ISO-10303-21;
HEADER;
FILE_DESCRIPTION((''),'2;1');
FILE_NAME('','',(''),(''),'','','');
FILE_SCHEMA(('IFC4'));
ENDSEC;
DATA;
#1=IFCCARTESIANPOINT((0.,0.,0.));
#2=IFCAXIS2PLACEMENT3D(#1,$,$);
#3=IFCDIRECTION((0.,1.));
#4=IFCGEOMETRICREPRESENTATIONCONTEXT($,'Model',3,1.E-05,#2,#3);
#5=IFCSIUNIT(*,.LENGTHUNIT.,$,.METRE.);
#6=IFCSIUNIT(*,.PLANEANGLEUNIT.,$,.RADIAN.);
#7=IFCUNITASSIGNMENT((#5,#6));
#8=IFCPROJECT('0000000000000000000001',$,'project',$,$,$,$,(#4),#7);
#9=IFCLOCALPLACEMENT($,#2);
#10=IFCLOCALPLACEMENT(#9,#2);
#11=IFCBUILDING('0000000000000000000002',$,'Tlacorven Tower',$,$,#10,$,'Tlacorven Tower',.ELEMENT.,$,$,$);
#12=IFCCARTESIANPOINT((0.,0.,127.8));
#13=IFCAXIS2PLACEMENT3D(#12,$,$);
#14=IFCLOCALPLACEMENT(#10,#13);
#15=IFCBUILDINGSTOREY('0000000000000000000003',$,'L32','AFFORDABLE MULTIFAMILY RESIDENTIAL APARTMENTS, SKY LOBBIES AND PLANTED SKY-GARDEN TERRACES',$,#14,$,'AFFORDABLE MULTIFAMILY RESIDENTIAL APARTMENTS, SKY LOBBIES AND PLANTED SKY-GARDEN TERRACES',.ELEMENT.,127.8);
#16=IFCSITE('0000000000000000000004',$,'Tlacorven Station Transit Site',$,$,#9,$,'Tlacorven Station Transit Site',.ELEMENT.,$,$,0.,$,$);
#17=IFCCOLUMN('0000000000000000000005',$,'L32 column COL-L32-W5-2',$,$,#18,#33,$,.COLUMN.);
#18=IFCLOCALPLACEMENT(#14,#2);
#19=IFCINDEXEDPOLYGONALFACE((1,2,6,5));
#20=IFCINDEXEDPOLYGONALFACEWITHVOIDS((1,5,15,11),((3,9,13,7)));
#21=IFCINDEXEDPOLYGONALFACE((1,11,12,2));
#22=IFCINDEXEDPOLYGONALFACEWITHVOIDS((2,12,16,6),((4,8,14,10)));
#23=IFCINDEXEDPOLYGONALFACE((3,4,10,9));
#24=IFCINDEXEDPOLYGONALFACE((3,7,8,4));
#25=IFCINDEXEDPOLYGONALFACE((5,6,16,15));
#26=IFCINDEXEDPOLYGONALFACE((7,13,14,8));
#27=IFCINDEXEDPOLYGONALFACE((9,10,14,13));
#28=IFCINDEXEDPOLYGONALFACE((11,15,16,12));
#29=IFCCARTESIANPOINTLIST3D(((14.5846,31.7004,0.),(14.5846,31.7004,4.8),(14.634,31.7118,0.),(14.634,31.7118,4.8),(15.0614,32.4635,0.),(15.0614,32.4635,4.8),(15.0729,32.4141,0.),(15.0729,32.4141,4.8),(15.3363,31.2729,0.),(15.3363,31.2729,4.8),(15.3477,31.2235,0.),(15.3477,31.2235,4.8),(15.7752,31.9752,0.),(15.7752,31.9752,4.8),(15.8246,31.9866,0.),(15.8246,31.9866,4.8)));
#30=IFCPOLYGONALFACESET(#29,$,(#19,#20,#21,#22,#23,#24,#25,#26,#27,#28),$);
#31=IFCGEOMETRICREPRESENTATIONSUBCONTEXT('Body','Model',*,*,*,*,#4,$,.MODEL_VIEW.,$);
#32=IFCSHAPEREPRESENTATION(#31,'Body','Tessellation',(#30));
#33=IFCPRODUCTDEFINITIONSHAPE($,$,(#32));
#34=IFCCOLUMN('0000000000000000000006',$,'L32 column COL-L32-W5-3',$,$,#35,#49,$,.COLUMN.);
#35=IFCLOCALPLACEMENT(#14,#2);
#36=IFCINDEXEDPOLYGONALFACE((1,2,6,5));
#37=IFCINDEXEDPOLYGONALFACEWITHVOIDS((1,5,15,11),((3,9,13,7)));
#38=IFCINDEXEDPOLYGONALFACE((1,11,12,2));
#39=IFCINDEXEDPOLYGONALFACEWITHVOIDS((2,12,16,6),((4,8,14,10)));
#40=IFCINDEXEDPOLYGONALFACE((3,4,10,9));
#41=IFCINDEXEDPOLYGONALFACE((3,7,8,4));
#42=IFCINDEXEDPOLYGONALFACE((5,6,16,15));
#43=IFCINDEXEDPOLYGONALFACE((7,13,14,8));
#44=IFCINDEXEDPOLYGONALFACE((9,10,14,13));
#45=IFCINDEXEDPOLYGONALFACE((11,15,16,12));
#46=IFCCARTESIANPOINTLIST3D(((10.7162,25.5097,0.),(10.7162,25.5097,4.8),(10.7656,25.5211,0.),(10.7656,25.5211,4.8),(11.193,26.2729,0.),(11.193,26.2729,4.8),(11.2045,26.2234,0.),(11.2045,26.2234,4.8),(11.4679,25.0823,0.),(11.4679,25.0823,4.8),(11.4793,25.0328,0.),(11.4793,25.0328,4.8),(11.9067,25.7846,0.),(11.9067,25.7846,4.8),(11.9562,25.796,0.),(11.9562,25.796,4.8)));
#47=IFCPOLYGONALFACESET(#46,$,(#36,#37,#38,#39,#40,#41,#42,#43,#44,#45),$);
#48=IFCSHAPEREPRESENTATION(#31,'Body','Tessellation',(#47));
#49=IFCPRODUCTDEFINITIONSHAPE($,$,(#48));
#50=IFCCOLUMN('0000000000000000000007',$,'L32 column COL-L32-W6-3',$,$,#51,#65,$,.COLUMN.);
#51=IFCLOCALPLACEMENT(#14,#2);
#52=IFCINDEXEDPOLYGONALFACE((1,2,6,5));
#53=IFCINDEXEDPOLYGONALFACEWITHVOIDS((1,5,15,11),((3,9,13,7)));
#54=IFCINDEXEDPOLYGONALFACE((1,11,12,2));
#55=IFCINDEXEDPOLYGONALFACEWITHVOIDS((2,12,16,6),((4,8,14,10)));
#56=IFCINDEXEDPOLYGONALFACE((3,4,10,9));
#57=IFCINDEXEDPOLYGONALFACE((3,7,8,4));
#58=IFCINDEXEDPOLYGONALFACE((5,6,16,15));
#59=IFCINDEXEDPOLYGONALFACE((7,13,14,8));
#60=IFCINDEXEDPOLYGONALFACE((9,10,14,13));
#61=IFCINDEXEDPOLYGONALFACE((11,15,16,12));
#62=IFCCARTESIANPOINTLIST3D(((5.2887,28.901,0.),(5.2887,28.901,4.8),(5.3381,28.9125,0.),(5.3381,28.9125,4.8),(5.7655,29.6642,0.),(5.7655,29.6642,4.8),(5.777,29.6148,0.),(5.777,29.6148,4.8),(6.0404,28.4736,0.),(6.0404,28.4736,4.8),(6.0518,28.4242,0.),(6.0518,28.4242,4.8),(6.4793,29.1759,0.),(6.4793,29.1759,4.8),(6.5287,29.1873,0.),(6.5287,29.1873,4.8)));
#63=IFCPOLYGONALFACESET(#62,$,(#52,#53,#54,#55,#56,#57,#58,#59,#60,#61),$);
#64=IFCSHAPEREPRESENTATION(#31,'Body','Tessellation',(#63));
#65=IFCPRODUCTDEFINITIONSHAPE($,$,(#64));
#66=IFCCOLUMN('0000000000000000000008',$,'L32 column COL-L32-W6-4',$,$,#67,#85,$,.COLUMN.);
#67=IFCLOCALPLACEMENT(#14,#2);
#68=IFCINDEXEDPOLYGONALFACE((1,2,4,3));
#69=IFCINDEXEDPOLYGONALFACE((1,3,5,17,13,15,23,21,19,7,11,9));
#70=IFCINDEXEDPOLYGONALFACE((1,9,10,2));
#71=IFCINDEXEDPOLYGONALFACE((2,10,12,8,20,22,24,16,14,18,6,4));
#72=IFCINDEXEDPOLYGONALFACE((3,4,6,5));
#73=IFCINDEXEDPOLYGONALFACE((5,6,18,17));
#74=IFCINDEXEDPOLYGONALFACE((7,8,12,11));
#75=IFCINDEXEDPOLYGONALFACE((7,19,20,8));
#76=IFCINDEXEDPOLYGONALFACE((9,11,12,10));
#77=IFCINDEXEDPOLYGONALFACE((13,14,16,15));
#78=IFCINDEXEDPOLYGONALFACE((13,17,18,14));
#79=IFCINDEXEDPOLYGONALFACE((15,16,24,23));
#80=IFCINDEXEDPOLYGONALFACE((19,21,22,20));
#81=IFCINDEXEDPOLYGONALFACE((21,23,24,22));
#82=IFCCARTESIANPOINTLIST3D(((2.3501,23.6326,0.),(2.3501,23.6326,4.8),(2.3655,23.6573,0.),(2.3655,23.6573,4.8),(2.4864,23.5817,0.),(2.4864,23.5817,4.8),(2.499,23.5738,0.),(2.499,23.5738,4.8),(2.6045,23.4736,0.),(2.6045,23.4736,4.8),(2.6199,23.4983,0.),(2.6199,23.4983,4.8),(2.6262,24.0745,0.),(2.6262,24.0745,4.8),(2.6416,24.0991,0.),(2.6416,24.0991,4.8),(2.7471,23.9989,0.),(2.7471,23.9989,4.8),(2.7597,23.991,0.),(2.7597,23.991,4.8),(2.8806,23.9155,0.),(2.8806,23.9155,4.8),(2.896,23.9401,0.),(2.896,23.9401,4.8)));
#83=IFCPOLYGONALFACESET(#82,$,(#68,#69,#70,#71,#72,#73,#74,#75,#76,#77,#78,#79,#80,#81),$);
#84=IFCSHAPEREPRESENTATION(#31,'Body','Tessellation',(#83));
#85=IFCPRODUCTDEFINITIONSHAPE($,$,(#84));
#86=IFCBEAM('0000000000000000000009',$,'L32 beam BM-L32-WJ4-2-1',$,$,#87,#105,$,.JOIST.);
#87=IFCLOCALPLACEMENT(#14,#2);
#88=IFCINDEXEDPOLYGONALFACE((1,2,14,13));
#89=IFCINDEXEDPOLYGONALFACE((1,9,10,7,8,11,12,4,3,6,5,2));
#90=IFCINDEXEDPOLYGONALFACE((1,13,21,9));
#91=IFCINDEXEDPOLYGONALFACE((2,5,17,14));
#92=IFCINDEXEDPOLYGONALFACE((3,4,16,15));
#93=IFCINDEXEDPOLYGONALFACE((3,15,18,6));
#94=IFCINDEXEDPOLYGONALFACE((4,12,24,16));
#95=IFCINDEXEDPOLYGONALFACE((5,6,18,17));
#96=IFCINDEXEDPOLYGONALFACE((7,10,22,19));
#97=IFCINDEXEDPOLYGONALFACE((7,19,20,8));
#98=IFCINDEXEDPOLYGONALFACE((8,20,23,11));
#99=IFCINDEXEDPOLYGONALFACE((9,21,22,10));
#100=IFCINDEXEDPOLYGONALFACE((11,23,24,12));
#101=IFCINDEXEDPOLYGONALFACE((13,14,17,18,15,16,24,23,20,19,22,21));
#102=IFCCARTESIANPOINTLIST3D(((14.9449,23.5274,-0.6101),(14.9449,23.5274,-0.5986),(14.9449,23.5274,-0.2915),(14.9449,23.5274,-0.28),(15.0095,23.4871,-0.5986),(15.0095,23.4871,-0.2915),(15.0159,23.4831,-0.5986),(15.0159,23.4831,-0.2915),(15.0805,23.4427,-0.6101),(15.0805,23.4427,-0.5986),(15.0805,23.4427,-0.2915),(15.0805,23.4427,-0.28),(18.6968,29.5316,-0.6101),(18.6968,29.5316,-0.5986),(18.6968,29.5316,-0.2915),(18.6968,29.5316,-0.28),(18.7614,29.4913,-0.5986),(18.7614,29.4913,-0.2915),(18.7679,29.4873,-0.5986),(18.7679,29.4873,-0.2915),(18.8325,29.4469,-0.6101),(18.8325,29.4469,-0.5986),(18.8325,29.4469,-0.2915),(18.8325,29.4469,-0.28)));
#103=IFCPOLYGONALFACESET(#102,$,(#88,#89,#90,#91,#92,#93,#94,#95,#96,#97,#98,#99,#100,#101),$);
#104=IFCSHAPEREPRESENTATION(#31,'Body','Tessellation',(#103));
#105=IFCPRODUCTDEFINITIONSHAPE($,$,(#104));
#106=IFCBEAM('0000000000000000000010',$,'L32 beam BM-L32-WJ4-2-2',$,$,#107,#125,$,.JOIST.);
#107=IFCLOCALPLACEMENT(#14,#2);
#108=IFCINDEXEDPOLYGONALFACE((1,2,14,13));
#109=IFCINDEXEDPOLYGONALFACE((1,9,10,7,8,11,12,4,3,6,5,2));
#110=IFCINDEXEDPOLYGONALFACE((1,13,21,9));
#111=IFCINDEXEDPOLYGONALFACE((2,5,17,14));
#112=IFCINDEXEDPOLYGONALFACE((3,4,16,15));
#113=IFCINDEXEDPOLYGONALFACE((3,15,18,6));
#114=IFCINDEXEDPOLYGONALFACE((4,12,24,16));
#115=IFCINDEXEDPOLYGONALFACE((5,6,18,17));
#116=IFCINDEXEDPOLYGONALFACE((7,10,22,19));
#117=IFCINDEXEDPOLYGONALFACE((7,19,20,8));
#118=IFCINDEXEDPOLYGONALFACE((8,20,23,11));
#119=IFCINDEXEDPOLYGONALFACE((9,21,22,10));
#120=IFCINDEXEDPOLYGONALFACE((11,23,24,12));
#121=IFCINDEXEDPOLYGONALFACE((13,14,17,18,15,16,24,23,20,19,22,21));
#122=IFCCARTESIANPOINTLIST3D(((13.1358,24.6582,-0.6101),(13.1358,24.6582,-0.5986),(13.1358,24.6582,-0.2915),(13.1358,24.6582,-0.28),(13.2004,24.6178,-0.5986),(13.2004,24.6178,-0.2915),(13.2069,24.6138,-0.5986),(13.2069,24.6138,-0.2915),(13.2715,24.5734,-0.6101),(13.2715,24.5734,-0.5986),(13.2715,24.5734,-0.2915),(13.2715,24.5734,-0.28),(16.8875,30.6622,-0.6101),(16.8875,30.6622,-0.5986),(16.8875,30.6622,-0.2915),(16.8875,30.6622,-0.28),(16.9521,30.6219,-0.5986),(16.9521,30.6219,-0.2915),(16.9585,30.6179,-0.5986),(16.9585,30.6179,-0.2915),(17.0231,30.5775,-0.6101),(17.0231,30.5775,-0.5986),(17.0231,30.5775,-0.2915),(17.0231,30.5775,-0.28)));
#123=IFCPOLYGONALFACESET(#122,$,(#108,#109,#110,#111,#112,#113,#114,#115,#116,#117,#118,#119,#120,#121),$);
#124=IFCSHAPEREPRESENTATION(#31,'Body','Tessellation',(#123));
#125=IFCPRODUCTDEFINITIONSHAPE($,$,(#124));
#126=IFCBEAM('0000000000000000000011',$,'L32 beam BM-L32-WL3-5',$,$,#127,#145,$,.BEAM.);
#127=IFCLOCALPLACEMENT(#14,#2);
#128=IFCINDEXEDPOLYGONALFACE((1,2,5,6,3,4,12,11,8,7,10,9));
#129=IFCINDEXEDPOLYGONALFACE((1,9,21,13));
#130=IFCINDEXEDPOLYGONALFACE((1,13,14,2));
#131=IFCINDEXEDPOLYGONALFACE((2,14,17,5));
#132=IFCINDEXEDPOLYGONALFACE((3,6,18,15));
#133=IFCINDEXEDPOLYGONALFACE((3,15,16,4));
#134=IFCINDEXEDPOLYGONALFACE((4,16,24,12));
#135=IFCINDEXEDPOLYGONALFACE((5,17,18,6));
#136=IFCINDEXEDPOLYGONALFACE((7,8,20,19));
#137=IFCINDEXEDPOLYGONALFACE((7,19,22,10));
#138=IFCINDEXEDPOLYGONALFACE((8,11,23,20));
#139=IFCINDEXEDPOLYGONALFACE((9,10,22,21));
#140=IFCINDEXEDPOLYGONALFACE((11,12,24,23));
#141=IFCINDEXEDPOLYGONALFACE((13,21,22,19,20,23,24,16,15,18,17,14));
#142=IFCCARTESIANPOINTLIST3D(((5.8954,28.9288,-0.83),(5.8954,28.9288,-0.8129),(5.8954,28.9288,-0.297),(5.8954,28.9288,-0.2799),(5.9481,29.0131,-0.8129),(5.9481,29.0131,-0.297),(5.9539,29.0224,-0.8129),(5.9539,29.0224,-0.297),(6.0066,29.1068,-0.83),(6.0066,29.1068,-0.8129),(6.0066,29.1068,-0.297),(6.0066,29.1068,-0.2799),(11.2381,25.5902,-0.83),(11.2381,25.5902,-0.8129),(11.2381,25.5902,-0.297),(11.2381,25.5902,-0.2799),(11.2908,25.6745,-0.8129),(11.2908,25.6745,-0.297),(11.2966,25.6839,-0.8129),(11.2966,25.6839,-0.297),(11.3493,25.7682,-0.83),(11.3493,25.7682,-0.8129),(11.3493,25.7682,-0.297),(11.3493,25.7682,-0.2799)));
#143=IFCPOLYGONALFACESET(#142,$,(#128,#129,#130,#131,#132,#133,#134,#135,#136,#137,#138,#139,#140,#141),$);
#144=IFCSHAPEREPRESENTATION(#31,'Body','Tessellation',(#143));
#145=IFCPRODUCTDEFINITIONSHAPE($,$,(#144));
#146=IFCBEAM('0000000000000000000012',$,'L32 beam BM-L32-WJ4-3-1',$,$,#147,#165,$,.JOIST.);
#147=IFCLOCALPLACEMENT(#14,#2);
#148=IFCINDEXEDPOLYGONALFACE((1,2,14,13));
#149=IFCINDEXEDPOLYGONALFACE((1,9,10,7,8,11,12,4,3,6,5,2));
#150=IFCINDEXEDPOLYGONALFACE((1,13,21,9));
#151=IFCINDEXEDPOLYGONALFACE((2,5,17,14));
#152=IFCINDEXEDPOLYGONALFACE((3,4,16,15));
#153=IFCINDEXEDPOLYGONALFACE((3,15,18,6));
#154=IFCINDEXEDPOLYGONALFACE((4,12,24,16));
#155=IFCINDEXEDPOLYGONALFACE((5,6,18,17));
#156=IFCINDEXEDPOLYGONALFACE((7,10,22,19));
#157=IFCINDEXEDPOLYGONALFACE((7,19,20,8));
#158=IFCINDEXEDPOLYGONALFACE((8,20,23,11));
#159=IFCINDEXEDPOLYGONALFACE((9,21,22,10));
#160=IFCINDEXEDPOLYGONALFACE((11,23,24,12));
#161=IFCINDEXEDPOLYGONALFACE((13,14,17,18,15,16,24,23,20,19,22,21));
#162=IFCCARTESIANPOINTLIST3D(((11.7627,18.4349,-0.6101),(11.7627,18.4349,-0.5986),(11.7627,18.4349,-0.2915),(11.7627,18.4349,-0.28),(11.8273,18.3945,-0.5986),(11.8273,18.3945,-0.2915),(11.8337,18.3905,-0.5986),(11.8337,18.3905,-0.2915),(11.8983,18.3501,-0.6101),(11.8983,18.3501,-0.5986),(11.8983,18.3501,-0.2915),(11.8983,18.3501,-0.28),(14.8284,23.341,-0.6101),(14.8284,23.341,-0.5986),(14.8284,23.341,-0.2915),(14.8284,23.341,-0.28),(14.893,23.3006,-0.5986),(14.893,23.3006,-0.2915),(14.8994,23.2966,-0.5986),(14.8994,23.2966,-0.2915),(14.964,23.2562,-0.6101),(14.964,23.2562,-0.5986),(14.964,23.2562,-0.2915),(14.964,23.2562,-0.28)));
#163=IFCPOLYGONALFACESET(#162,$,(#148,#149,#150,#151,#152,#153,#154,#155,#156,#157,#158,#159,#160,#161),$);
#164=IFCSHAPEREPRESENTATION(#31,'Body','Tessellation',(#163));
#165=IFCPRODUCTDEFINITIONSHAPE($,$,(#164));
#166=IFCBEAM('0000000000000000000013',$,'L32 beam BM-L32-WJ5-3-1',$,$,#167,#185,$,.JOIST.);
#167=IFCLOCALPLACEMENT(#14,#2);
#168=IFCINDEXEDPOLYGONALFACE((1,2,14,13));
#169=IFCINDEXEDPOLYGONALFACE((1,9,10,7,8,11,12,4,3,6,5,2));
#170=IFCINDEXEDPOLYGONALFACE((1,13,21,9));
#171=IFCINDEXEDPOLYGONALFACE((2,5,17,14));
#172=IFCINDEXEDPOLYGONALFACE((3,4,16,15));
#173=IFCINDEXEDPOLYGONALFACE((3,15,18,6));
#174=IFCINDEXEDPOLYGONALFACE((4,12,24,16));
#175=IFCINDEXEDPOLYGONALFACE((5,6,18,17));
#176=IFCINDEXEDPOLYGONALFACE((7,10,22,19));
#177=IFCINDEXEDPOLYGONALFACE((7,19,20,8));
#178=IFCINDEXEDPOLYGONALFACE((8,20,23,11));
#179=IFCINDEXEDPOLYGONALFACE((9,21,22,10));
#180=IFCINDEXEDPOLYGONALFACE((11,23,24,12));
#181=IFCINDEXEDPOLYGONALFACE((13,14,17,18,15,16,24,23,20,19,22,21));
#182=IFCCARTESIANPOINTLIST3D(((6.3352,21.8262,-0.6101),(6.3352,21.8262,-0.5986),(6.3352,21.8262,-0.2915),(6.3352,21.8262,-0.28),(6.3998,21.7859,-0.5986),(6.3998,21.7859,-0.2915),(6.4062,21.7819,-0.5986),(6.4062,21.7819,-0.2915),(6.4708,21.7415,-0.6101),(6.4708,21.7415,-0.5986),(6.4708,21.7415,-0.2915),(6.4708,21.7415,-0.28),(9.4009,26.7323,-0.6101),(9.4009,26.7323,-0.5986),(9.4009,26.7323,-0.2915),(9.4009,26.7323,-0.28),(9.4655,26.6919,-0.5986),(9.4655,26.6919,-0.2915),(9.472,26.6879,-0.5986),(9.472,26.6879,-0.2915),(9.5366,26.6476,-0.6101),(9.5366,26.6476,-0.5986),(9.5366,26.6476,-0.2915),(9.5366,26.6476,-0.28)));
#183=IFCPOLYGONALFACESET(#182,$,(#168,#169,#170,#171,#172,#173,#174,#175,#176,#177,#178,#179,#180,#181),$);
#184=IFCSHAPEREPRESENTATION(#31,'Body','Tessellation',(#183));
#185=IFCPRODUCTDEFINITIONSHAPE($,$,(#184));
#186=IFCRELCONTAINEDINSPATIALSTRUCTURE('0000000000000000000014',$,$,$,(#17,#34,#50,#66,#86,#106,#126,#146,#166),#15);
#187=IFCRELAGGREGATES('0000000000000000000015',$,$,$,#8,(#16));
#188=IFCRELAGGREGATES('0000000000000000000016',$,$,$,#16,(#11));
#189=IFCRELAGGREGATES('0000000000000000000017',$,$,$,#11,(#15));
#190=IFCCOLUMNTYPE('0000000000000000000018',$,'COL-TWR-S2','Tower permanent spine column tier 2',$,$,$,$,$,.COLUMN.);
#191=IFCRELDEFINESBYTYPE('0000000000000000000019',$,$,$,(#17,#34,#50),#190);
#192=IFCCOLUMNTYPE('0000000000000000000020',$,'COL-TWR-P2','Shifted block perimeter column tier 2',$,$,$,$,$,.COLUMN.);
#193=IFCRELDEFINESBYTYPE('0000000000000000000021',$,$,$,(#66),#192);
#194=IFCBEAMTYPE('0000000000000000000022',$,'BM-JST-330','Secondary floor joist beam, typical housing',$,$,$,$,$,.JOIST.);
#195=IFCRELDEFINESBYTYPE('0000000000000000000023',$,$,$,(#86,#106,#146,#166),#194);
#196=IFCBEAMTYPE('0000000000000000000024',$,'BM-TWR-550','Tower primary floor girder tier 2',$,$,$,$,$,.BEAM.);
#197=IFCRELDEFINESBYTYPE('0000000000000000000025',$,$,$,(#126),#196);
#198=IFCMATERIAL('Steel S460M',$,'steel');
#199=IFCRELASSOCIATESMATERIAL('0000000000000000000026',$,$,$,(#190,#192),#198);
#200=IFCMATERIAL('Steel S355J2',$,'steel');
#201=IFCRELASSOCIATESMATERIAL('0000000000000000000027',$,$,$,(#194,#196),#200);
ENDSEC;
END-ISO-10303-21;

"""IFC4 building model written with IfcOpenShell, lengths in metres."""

from ifc_helpers import new_model, si_unit, direction, frame, origin, origin_2d, place, context, subcontext, project, spatial, hollow_rectangle, i_section, extrude, source, transform, mapped, material, material_profile, profile_set, type_object, element, save


model = new_model("IFC4")

# Units and contexts
model_context = context("Model", 3, precision=1e-05, world=origin(), true_north=direction((0.0, 1.0)))
body_context = subcontext(model_context, "Body", "Model", "MODEL_VIEW")
ifc_project = project(units=[si_unit("LENGTHUNIT", "METRE"), si_unit("PLANEANGLEUNIT", "RADIAN")], contexts=[model_context])

# Site, building, storey
site_placement = place(None, origin())
site = spatial("IfcSite", under=ifc_project, at=site_placement, Name="Tlacorven Station Transit Site", LongName="Tlacorven Station Transit Site", CompositionType="ELEMENT", RefElevation=0.0)
building_placement = place(site_placement, origin())
building = spatial("IfcBuilding", under=site, at=building_placement, Name="Tlacorven Tower", LongName="Tlacorven Tower", CompositionType="ELEMENT")
storey_placement = place(building_placement, frame((0.0, 0.0, 127.8)))
storey = spatial("IfcBuildingStorey", under=building, at=storey_placement, Name="L32", Description="AFFORDABLE MULTIFAMILY RESIDENTIAL APARTMENTS, SKY LOBBIES AND PLANTED SKY-GARDEN TERRACES", LongName="AFFORDABLE MULTIFAMILY RESIDENTIAL APARTMENTS, SKY LOBBIES AND PLANTED SKY-GARDEN TERRACES", CompositionType="ELEMENT", Elevation=127.8)

# Columns
ifc_material_1 = material(Name="Steel S460M", Category="steel")
ifc_material_profile_1 = material_profile(ifc_material_1, hollow_rectangle(XDim=0.8999, YDim=0.8999, WallThickness=0.0359, at=origin_2d()), Name="BOX 900X900X36")
ifc_profile_set_1 = profile_set([ifc_material_profile_1], Name="Steel S460M")
column_type_1 = type_object("IfcColumnType", Name="COL-TWR-S2", Description="Tower permanent spine column tier 2", PredefinedType="COLUMN", material=ifc_profile_set_1)
shared_shape_1 = source(origin(), body_context, "Body", "SweptSolid", [
    extrude(hollow_rectangle(XDim=0.8999, YDim=0.8999, WallThickness=0.0359, at=origin_2d()), origin(), (0.0, 0.0, 1.0), 4.8),
])
for number, where, z_axis, x_axis, name in (
    (1, (15.2046, 31.8435, 0.0), (0.0, 0.0, 1.0), (-0.848048, 0.529919, 0.0), "L32 column COL-L32-W5-2"),
    (2, (11.3362, 25.6528, 0.0), (0.0, 0.0, 1.0), (-0.848048, 0.529919, 0.0), "L32 column COL-L32-W5-3"),
    (3, (5.9087, 29.0442, 0.0), (0.0, 0.0, 1.0), (-0.848048, 0.529919, 0.0), "L32 column COL-L32-W6-3"),
):
    element("IfcColumn", number, at=place(storey_placement, frame(where, z_axis=z_axis, x_axis=x_axis)), inside=storey, type_object=column_type_1, Name=name, PredefinedType="COLUMN", context=body_context, shape_type="MappedRepresentation", body=[
        mapped(shared_shape_1, transform((0.0, 0.0, 0.0), scale=1.0)),
    ])
ifc_material_profile_2 = material_profile(ifc_material_1, i_section(OverallWidth=0.3, OverallDepth=0.55, WebThickness=0.0149, FlangeThickness=0.0291, at=origin_2d()), Name="HEB 550")
ifc_profile_set_2 = profile_set([ifc_material_profile_2], Name="Steel S460M")
column_type_2 = type_object("IfcColumnType", Name="COL-TWR-P2", Description="Shifted block perimeter column tier 2", PredefinedType="COLUMN", material=ifc_profile_set_2)
shared_shape_2 = source(origin(), body_context, "Body", "SweptSolid", [
    extrude(i_section(OverallWidth=0.3, OverallDepth=0.55, WebThickness=0.0149, FlangeThickness=0.0291, at=origin_2d()), origin(), (0.0, 0.0, 1.0), 4.8),
])
column_placement = place(storey_placement, frame((2.623, 23.7864, 0.0), z_axis=(0.0, 0.0, 1.0), x_axis=(-0.848048, 0.529919, 0.0)))
element("IfcColumn", 4, at=column_placement, inside=storey, type_object=column_type_2, Name="L32 column COL-L32-W6-4", PredefinedType="COLUMN", context=body_context, shape_type="MappedRepresentation", body=[
    mapped(shared_shape_2, transform((0.0, 0.0, 0.0), scale=1.0)),
])

# Beams
ifc_material_2 = material(Name="Steel S355J2", Category="steel")
ifc_material_profile_3 = material_profile(ifc_material_2, i_section(OverallWidth=0.1599, OverallDepth=0.3301, WebThickness=0.0076, FlangeThickness=0.0115, at=origin_2d()), Name="IPE 330")
ifc_profile_set_3 = profile_set([ifc_material_profile_3], Name="Steel S355J2")
beam_type_1 = type_object("IfcBeamType", Name="BM-JST-330", Description="Secondary floor joist beam, typical housing", PredefinedType="JOIST", material=ifc_profile_set_3)
shared_shape_3 = source(origin(), body_context, "Body", "SweptSolid", [
    extrude(i_section(OverallWidth=0.1599, OverallDepth=0.3301, WebThickness=0.0076, FlangeThickness=0.0115, at=origin_2d()), origin(), (0.0, 0.0, 1.0), 7.0801),
])
beam_1_placement = place(storey_placement, frame((18.7646, 29.4893, -0.4451), z_axis=(-0.529934, -0.848039, 0.0), x_axis=(0.848039, -0.529934, 0.0)))
element("IfcBeam", 5, at=beam_1_placement, inside=storey, type_object=beam_type_1, Name="L32 beam BM-L32-WJ4-2-1", PredefinedType="JOIST", context=body_context, shape_type="MappedRepresentation", body=[
    mapped(shared_shape_3, transform((0.0, 0.0, 0.0), scale=1.0)),
])
shared_shape_4 = source(origin(), body_context, "Body", "SweptSolid", [
    extrude(i_section(OverallWidth=0.1599, OverallDepth=0.3301, WebThickness=0.0076, FlangeThickness=0.0115, at=origin_2d()), origin(), (0.0, 0.0, 1.0), 7.0798),
])
beam_2_placement = place(storey_placement, frame((16.9553, 30.6199, -0.4451), z_axis=(-0.529909, -0.848054, 0.0), x_axis=(0.848054, -0.529909, 0.0)))
element("IfcBeam", 6, at=beam_2_placement, inside=storey, type_object=beam_type_1, Name="L32 beam BM-L32-WJ4-2-2", PredefinedType="JOIST", context=body_context, shape_type="MappedRepresentation", body=[
    mapped(shared_shape_4, transform((0.0, 0.0, 0.0), scale=1.0)),
])
ifc_material_profile_4 = material_profile(ifc_material_2, i_section(OverallWidth=0.21, OverallDepth=0.55, WebThickness=0.011, FlangeThickness=0.0171, at=origin_2d()), Name="IPE 550")
ifc_profile_set_4 = profile_set([ifc_material_profile_4], Name="Steel S355J2")
beam_type_2 = type_object("IfcBeamType", Name="BM-TWR-550", Description="Tower primary floor girder tier 2", PredefinedType="BEAM", material=ifc_profile_set_4)
shared_shape_5 = source(origin(), body_context, "Body", "SweptSolid", [
    extrude(i_section(OverallWidth=0.21, OverallDepth=0.55, WebThickness=0.011, FlangeThickness=0.0171, at=origin_2d()), origin(), (0.0, 0.0, 1.0), 6.3),
])
beam_3_placement = place(storey_placement, frame((11.2937, 25.6792, -0.5549), z_axis=(-0.848042, 0.529929, 0.0), x_axis=(-0.529929, -0.848042, 0.0)))
element("IfcBeam", 7, at=beam_3_placement, inside=storey, type_object=beam_type_2, Name="L32 beam BM-L32-WL3-5", PredefinedType="BEAM", context=body_context, shape_type="MappedRepresentation", body=[
    mapped(shared_shape_5, transform((0.0, 0.0, 0.0), scale=1.0)),
])
shared_shape_6 = source(origin(), body_context, "Body", "SweptSolid", [
    extrude(i_section(OverallWidth=0.1599, OverallDepth=0.3301, WebThickness=0.0076, FlangeThickness=0.0115, at=origin_2d()), origin(), (0.0, 0.0, 1.0), 5.7852),
])
for number, where, z_axis, x_axis, name in (
    (8, (14.8962, 23.2986, -0.4451), (-0.529927, -0.848043, 0.0), (0.848043, -0.529927, 0.0), "L32 beam BM-L32-WJ4-3-1"),
    (9, (9.4688, 26.6899, -0.4451), (-0.529927, -0.848043, 0.0), (0.848043, -0.529927, 0.0), "L32 beam BM-L32-WJ5-3-1"),
):
    element("IfcBeam", number, at=place(storey_placement, frame(where, z_axis=z_axis, x_axis=x_axis)), inside=storey, type_object=beam_type_1, Name=name, PredefinedType="JOIST", context=body_context, shape_type="MappedRepresentation", body=[
        mapped(shared_shape_6, transform((0.0, 0.0, 0.0), scale=1.0)),
    ])

save(model, "model.ifc")
